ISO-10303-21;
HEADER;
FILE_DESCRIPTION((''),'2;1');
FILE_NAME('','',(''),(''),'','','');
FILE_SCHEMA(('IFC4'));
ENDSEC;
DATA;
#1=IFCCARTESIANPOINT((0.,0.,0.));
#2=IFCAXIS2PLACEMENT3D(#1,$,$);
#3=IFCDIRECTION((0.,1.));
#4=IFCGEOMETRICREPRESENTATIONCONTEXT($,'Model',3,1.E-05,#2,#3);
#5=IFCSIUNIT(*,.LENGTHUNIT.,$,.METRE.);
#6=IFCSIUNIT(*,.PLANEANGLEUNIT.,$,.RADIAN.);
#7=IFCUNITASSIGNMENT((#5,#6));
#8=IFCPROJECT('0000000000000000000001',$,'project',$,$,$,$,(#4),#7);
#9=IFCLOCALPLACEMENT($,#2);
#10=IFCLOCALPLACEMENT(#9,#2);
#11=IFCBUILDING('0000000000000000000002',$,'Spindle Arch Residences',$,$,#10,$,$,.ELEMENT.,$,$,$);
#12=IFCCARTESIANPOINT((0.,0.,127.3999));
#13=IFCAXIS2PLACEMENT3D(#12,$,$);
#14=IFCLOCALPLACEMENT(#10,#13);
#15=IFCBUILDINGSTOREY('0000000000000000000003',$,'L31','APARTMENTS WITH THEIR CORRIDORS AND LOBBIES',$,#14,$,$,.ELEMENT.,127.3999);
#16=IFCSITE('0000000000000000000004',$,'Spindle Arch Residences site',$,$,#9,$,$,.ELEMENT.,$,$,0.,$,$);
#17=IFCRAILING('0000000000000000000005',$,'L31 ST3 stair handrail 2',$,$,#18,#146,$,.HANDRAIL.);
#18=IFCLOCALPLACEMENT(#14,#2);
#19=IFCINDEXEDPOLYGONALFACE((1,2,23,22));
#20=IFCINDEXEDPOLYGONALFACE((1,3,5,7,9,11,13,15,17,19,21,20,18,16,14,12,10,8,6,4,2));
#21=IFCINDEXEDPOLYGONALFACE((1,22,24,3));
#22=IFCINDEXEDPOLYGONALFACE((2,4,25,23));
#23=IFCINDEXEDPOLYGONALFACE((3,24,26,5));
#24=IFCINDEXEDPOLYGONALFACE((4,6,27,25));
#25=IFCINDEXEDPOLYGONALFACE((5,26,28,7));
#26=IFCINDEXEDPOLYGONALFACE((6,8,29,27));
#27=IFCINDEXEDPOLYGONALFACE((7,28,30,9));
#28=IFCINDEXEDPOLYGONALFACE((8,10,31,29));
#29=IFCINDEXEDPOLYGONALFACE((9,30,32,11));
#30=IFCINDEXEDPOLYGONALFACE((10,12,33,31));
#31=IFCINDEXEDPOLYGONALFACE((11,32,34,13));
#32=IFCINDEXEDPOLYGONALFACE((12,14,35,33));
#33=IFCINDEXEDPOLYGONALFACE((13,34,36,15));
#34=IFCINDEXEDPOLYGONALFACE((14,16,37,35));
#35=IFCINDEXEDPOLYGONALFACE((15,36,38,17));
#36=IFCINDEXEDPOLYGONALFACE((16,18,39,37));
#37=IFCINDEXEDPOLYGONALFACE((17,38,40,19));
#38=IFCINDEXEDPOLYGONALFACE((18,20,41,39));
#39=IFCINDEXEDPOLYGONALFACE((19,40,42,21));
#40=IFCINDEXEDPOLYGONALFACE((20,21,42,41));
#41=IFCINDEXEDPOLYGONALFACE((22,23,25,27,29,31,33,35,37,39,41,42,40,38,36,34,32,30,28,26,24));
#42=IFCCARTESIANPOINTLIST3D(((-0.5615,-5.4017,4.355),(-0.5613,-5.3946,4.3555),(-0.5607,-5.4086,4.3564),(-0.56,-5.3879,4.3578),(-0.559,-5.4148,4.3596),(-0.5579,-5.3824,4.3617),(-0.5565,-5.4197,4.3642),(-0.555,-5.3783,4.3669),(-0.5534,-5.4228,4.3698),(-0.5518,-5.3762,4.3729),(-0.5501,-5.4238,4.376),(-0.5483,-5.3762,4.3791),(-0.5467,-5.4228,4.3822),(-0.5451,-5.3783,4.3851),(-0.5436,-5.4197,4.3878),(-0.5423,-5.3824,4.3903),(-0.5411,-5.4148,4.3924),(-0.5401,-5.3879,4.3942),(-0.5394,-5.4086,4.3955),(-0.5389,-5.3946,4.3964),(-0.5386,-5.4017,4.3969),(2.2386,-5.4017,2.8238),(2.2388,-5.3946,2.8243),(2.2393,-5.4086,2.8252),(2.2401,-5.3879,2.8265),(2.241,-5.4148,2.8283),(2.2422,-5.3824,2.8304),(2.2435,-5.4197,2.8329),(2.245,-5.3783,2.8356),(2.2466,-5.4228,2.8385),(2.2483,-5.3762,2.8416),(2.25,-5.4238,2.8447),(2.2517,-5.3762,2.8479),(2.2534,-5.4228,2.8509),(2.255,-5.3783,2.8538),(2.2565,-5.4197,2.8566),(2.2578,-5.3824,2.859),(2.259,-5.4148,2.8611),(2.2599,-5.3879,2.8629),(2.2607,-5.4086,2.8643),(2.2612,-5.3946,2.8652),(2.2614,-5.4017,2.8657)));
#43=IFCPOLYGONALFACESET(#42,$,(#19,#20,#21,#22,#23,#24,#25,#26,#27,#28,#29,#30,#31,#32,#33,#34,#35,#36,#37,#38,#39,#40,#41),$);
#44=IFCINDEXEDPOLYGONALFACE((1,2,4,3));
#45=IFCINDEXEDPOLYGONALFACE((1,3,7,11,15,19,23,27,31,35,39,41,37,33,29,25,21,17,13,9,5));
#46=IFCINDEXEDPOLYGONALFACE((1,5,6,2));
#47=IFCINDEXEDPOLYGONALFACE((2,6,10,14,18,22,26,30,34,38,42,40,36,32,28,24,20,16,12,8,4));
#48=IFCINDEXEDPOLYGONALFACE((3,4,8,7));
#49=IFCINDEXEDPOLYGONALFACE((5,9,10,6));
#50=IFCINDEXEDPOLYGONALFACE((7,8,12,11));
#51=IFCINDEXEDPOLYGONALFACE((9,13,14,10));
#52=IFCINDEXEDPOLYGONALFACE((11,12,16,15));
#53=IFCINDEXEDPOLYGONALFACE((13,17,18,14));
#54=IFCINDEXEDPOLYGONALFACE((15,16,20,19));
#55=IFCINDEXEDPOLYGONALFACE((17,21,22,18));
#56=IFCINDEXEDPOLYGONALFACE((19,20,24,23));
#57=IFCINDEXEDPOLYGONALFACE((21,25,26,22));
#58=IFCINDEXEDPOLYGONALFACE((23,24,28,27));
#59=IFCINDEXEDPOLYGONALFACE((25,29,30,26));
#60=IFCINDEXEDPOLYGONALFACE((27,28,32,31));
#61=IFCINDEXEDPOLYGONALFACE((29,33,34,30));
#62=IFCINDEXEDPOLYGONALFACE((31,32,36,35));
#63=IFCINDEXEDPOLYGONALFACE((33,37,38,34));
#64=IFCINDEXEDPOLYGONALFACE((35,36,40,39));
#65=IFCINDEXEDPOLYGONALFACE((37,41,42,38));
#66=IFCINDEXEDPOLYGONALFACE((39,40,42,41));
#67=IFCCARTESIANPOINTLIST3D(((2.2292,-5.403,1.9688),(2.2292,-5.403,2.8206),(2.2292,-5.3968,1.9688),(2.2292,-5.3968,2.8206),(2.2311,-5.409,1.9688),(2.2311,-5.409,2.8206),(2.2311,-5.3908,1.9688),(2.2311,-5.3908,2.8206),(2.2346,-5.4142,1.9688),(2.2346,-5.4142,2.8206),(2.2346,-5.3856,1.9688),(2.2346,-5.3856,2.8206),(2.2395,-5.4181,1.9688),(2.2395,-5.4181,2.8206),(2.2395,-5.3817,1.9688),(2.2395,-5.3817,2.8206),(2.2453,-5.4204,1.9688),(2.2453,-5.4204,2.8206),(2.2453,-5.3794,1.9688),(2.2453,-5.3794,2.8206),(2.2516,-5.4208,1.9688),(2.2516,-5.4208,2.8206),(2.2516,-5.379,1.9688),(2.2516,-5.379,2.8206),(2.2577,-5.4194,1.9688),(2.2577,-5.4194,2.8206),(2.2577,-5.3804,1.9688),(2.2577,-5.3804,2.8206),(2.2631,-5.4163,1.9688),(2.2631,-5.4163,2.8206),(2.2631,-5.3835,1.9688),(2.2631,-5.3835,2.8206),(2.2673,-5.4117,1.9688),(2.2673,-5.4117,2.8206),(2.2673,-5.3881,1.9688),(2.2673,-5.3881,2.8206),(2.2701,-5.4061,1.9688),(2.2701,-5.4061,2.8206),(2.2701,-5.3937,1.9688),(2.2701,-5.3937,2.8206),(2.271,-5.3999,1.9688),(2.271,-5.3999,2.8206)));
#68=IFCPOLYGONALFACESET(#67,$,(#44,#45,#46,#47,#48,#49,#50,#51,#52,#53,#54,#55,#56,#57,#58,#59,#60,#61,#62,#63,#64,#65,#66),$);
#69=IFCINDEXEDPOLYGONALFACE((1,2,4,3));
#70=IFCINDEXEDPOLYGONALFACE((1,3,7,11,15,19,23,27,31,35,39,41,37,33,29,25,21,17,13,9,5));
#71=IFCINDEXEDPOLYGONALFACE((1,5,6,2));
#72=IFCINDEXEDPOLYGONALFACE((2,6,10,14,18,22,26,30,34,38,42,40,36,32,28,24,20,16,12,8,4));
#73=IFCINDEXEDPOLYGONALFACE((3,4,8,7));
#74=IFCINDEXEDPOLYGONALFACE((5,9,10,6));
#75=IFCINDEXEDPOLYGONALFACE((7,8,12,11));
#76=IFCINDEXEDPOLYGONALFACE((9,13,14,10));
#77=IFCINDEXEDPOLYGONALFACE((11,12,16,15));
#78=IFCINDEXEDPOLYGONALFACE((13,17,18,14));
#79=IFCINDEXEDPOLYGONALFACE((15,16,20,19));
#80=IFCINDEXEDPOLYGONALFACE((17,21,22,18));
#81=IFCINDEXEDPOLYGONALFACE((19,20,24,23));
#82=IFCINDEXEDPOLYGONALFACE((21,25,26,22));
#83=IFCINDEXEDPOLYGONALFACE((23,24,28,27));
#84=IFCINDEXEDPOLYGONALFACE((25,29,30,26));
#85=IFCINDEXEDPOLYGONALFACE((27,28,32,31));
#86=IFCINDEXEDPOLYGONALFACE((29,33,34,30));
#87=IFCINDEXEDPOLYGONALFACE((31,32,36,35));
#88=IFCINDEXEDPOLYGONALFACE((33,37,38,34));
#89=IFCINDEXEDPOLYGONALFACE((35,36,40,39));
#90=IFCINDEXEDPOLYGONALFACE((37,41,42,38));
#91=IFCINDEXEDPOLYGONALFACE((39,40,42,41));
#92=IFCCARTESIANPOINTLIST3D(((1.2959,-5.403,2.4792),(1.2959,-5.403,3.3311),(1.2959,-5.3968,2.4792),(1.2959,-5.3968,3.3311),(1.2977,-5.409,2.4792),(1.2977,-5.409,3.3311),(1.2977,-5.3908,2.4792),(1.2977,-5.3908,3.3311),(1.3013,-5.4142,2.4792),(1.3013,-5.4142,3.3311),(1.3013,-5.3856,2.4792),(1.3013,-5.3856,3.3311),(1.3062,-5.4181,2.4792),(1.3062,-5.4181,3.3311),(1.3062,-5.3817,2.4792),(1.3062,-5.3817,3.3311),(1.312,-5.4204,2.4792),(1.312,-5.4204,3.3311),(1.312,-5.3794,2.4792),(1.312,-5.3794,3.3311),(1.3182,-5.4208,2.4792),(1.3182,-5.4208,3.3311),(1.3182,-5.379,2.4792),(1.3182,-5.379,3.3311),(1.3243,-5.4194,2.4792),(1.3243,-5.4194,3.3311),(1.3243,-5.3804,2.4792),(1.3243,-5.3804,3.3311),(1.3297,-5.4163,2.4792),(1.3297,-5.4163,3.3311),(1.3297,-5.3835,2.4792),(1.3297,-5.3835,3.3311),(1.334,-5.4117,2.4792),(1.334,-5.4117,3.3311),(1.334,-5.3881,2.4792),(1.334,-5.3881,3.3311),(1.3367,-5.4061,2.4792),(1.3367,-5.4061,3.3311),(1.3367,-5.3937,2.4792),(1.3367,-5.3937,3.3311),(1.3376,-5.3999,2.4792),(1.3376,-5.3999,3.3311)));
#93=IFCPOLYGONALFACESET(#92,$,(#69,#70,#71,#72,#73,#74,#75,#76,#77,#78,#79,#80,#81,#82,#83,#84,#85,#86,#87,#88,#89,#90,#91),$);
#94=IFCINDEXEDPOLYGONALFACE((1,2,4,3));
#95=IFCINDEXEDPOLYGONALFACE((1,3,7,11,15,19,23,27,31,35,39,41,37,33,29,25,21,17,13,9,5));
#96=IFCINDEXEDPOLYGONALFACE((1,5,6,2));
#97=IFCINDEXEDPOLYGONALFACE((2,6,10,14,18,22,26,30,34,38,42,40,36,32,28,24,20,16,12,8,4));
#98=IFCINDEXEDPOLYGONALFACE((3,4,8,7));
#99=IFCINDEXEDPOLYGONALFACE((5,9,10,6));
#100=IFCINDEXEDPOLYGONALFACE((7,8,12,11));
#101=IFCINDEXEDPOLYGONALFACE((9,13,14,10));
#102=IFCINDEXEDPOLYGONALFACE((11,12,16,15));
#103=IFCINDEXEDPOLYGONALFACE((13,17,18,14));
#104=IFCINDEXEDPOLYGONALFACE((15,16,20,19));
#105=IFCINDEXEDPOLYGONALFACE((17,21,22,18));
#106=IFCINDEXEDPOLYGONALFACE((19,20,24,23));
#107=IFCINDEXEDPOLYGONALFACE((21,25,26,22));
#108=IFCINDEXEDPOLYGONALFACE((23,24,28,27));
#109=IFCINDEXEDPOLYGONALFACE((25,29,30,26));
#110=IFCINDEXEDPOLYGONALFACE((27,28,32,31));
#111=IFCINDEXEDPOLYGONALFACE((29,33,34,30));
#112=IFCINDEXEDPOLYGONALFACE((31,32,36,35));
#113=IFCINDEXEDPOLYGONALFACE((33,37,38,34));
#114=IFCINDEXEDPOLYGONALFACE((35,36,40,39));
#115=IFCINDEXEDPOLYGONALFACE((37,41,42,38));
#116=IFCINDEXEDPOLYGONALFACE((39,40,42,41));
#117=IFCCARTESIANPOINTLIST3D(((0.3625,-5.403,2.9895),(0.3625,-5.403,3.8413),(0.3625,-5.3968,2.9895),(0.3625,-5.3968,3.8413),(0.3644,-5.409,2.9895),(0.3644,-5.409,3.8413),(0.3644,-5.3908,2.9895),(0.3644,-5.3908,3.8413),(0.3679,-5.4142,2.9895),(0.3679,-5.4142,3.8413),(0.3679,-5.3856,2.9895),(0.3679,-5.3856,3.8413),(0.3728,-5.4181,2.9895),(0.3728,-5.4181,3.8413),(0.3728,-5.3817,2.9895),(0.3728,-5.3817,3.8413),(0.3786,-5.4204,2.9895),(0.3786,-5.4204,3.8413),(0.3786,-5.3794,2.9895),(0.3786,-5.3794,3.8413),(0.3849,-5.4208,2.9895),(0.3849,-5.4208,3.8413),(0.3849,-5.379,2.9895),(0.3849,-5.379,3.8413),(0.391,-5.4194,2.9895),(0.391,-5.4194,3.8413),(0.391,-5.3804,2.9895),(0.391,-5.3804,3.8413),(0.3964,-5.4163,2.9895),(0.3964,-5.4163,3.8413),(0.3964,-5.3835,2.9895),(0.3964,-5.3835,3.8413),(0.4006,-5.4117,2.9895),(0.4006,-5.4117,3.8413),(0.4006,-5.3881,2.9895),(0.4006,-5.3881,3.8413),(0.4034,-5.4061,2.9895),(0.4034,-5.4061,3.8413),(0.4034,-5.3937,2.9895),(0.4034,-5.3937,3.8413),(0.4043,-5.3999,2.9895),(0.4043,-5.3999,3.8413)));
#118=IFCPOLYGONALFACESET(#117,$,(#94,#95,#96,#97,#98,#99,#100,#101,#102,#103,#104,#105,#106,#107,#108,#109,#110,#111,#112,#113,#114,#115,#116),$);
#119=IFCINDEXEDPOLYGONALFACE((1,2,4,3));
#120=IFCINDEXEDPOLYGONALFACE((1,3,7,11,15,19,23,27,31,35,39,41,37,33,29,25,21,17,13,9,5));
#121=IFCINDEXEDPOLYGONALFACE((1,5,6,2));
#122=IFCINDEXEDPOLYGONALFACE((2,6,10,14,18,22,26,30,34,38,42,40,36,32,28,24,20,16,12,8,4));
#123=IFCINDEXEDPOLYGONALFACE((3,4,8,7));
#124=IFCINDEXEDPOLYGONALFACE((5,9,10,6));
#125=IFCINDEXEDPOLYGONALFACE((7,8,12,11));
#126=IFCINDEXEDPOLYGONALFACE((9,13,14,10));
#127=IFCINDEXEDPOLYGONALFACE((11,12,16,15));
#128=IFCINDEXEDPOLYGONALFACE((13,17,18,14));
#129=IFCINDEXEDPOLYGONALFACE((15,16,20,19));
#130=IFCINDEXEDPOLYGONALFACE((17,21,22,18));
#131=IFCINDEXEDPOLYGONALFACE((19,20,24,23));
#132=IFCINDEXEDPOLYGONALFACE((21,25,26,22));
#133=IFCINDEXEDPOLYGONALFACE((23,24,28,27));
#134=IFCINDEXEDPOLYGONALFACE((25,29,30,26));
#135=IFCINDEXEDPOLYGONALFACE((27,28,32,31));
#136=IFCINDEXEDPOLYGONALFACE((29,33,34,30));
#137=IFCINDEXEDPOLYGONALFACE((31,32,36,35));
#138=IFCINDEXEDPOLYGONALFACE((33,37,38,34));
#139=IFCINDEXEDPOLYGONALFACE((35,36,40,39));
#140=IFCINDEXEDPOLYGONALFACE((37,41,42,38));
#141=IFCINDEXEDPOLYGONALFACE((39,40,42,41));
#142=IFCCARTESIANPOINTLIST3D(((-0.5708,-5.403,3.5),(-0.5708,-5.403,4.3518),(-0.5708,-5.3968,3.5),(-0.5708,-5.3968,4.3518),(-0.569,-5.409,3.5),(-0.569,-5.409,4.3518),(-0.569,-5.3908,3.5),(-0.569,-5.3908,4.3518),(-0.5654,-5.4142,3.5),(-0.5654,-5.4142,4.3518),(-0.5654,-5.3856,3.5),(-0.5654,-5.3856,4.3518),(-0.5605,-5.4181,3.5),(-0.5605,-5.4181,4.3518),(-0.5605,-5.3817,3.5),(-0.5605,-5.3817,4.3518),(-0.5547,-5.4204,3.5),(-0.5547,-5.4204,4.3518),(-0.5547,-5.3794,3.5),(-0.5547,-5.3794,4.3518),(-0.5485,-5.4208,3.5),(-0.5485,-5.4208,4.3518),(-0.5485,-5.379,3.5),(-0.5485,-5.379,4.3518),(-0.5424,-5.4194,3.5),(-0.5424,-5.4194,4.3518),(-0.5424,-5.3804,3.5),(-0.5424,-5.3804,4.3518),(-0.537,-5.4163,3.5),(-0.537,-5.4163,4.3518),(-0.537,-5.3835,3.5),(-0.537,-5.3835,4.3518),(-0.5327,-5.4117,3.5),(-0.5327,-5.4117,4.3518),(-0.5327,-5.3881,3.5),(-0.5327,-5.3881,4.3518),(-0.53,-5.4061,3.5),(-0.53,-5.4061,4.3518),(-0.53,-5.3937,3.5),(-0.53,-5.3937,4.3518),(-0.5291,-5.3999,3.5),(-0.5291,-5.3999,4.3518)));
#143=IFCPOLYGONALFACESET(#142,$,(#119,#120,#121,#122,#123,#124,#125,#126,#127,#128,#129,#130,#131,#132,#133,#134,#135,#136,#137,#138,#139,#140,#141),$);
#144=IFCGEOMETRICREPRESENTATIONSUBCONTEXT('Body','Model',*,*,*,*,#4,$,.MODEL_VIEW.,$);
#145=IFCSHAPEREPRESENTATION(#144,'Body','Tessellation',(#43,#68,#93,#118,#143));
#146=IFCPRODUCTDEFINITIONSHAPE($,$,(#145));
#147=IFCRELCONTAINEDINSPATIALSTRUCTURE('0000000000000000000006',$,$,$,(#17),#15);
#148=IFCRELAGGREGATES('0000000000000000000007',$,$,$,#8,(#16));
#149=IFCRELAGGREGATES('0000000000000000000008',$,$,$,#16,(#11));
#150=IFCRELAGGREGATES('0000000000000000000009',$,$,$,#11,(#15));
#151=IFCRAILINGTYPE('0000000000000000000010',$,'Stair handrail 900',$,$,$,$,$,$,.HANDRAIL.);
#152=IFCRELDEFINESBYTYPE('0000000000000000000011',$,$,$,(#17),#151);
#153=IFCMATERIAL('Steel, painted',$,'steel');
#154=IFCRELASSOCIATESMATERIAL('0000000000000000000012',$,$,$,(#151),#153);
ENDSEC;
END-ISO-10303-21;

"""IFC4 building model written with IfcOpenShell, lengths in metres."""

from ifc_helpers import new_model, si_unit, direction, frame, origin, origin_2d, place, context, subcontext, project, spatial, circle, extrude, material, type_object, element, save


model = new_model("IFC4")

# Units and contexts
model_context = context("Model", 3, precision=1e-05, world=origin(), true_north=direction((0.0, 1.0)))
body_context = subcontext(model_context, "Body", "Model", "MODEL_VIEW")
ifc_project = project(units=[si_unit("LENGTHUNIT", "METRE"), si_unit("PLANEANGLEUNIT", "RADIAN")], contexts=[model_context])

# Site, building, storey
site_placement = place(None, origin())
site = spatial("IfcSite", under=ifc_project, at=site_placement, Name="Spindle Arch Residences site", CompositionType="ELEMENT", RefElevation=0.0)
building_placement = place(site_placement, origin())
building = spatial("IfcBuilding", under=site, at=building_placement, Name="Spindle Arch Residences", CompositionType="ELEMENT")
storey_placement = place(building_placement, frame((0.0, 0.0, 127.3999)))
storey = spatial("IfcBuildingStorey", under=building, at=storey_placement, Name="L31", Description="APARTMENTS WITH THEIR CORRIDORS AND LOBBIES", CompositionType="ELEMENT", Elevation=127.3999)

# Railing
ifc_material_1 = material(Name="Steel, painted", Category="steel")
railing_type = type_object("IfcRailingType", Name="Stair handrail 900", PredefinedType="HANDRAIL", material=ifc_material_1)
railing_placement = place(storey_placement, frame((2.25, -5.3999, 1.9688)))
element("IfcRailing", 1, at=railing_placement, inside=storey, type_object=railing_type, Name="L31 ST3 stair handrail 2", PredefinedType="HANDRAIL", context=body_context, shape_type="SweptSolid", body=[
    extrude(circle(Radius=0.0239, at=origin_2d()), frame((0.0, 0.0, 0.876), z_axis=(-0.877375, 0.0, 0.479806), x_axis=(0.0, -1.0, 0.0)), (0.0, 0.0, 1.0), 3.1914),
    extrude(circle(Radius=0.021, at=origin_2d()), origin(), (0.0, 0.0, 1.0), 0.8518),
    extrude(circle(Radius=0.021, at=origin_2d()), frame((-0.9333, 0.0, 0.5105)), (0.0, 0.0, 1.0), 0.8518),
    extrude(circle(Radius=0.021, at=origin_2d()), frame((-1.8667, 0.0, 1.0208)), (0.0, 0.0, 1.0), 0.8518),
    extrude(circle(Radius=0.021, at=origin_2d()), frame((-2.8, 0.0, 1.5312)), (0.0, 0.0, 1.0), 0.8518),
])

save(model, "model.ifc")
